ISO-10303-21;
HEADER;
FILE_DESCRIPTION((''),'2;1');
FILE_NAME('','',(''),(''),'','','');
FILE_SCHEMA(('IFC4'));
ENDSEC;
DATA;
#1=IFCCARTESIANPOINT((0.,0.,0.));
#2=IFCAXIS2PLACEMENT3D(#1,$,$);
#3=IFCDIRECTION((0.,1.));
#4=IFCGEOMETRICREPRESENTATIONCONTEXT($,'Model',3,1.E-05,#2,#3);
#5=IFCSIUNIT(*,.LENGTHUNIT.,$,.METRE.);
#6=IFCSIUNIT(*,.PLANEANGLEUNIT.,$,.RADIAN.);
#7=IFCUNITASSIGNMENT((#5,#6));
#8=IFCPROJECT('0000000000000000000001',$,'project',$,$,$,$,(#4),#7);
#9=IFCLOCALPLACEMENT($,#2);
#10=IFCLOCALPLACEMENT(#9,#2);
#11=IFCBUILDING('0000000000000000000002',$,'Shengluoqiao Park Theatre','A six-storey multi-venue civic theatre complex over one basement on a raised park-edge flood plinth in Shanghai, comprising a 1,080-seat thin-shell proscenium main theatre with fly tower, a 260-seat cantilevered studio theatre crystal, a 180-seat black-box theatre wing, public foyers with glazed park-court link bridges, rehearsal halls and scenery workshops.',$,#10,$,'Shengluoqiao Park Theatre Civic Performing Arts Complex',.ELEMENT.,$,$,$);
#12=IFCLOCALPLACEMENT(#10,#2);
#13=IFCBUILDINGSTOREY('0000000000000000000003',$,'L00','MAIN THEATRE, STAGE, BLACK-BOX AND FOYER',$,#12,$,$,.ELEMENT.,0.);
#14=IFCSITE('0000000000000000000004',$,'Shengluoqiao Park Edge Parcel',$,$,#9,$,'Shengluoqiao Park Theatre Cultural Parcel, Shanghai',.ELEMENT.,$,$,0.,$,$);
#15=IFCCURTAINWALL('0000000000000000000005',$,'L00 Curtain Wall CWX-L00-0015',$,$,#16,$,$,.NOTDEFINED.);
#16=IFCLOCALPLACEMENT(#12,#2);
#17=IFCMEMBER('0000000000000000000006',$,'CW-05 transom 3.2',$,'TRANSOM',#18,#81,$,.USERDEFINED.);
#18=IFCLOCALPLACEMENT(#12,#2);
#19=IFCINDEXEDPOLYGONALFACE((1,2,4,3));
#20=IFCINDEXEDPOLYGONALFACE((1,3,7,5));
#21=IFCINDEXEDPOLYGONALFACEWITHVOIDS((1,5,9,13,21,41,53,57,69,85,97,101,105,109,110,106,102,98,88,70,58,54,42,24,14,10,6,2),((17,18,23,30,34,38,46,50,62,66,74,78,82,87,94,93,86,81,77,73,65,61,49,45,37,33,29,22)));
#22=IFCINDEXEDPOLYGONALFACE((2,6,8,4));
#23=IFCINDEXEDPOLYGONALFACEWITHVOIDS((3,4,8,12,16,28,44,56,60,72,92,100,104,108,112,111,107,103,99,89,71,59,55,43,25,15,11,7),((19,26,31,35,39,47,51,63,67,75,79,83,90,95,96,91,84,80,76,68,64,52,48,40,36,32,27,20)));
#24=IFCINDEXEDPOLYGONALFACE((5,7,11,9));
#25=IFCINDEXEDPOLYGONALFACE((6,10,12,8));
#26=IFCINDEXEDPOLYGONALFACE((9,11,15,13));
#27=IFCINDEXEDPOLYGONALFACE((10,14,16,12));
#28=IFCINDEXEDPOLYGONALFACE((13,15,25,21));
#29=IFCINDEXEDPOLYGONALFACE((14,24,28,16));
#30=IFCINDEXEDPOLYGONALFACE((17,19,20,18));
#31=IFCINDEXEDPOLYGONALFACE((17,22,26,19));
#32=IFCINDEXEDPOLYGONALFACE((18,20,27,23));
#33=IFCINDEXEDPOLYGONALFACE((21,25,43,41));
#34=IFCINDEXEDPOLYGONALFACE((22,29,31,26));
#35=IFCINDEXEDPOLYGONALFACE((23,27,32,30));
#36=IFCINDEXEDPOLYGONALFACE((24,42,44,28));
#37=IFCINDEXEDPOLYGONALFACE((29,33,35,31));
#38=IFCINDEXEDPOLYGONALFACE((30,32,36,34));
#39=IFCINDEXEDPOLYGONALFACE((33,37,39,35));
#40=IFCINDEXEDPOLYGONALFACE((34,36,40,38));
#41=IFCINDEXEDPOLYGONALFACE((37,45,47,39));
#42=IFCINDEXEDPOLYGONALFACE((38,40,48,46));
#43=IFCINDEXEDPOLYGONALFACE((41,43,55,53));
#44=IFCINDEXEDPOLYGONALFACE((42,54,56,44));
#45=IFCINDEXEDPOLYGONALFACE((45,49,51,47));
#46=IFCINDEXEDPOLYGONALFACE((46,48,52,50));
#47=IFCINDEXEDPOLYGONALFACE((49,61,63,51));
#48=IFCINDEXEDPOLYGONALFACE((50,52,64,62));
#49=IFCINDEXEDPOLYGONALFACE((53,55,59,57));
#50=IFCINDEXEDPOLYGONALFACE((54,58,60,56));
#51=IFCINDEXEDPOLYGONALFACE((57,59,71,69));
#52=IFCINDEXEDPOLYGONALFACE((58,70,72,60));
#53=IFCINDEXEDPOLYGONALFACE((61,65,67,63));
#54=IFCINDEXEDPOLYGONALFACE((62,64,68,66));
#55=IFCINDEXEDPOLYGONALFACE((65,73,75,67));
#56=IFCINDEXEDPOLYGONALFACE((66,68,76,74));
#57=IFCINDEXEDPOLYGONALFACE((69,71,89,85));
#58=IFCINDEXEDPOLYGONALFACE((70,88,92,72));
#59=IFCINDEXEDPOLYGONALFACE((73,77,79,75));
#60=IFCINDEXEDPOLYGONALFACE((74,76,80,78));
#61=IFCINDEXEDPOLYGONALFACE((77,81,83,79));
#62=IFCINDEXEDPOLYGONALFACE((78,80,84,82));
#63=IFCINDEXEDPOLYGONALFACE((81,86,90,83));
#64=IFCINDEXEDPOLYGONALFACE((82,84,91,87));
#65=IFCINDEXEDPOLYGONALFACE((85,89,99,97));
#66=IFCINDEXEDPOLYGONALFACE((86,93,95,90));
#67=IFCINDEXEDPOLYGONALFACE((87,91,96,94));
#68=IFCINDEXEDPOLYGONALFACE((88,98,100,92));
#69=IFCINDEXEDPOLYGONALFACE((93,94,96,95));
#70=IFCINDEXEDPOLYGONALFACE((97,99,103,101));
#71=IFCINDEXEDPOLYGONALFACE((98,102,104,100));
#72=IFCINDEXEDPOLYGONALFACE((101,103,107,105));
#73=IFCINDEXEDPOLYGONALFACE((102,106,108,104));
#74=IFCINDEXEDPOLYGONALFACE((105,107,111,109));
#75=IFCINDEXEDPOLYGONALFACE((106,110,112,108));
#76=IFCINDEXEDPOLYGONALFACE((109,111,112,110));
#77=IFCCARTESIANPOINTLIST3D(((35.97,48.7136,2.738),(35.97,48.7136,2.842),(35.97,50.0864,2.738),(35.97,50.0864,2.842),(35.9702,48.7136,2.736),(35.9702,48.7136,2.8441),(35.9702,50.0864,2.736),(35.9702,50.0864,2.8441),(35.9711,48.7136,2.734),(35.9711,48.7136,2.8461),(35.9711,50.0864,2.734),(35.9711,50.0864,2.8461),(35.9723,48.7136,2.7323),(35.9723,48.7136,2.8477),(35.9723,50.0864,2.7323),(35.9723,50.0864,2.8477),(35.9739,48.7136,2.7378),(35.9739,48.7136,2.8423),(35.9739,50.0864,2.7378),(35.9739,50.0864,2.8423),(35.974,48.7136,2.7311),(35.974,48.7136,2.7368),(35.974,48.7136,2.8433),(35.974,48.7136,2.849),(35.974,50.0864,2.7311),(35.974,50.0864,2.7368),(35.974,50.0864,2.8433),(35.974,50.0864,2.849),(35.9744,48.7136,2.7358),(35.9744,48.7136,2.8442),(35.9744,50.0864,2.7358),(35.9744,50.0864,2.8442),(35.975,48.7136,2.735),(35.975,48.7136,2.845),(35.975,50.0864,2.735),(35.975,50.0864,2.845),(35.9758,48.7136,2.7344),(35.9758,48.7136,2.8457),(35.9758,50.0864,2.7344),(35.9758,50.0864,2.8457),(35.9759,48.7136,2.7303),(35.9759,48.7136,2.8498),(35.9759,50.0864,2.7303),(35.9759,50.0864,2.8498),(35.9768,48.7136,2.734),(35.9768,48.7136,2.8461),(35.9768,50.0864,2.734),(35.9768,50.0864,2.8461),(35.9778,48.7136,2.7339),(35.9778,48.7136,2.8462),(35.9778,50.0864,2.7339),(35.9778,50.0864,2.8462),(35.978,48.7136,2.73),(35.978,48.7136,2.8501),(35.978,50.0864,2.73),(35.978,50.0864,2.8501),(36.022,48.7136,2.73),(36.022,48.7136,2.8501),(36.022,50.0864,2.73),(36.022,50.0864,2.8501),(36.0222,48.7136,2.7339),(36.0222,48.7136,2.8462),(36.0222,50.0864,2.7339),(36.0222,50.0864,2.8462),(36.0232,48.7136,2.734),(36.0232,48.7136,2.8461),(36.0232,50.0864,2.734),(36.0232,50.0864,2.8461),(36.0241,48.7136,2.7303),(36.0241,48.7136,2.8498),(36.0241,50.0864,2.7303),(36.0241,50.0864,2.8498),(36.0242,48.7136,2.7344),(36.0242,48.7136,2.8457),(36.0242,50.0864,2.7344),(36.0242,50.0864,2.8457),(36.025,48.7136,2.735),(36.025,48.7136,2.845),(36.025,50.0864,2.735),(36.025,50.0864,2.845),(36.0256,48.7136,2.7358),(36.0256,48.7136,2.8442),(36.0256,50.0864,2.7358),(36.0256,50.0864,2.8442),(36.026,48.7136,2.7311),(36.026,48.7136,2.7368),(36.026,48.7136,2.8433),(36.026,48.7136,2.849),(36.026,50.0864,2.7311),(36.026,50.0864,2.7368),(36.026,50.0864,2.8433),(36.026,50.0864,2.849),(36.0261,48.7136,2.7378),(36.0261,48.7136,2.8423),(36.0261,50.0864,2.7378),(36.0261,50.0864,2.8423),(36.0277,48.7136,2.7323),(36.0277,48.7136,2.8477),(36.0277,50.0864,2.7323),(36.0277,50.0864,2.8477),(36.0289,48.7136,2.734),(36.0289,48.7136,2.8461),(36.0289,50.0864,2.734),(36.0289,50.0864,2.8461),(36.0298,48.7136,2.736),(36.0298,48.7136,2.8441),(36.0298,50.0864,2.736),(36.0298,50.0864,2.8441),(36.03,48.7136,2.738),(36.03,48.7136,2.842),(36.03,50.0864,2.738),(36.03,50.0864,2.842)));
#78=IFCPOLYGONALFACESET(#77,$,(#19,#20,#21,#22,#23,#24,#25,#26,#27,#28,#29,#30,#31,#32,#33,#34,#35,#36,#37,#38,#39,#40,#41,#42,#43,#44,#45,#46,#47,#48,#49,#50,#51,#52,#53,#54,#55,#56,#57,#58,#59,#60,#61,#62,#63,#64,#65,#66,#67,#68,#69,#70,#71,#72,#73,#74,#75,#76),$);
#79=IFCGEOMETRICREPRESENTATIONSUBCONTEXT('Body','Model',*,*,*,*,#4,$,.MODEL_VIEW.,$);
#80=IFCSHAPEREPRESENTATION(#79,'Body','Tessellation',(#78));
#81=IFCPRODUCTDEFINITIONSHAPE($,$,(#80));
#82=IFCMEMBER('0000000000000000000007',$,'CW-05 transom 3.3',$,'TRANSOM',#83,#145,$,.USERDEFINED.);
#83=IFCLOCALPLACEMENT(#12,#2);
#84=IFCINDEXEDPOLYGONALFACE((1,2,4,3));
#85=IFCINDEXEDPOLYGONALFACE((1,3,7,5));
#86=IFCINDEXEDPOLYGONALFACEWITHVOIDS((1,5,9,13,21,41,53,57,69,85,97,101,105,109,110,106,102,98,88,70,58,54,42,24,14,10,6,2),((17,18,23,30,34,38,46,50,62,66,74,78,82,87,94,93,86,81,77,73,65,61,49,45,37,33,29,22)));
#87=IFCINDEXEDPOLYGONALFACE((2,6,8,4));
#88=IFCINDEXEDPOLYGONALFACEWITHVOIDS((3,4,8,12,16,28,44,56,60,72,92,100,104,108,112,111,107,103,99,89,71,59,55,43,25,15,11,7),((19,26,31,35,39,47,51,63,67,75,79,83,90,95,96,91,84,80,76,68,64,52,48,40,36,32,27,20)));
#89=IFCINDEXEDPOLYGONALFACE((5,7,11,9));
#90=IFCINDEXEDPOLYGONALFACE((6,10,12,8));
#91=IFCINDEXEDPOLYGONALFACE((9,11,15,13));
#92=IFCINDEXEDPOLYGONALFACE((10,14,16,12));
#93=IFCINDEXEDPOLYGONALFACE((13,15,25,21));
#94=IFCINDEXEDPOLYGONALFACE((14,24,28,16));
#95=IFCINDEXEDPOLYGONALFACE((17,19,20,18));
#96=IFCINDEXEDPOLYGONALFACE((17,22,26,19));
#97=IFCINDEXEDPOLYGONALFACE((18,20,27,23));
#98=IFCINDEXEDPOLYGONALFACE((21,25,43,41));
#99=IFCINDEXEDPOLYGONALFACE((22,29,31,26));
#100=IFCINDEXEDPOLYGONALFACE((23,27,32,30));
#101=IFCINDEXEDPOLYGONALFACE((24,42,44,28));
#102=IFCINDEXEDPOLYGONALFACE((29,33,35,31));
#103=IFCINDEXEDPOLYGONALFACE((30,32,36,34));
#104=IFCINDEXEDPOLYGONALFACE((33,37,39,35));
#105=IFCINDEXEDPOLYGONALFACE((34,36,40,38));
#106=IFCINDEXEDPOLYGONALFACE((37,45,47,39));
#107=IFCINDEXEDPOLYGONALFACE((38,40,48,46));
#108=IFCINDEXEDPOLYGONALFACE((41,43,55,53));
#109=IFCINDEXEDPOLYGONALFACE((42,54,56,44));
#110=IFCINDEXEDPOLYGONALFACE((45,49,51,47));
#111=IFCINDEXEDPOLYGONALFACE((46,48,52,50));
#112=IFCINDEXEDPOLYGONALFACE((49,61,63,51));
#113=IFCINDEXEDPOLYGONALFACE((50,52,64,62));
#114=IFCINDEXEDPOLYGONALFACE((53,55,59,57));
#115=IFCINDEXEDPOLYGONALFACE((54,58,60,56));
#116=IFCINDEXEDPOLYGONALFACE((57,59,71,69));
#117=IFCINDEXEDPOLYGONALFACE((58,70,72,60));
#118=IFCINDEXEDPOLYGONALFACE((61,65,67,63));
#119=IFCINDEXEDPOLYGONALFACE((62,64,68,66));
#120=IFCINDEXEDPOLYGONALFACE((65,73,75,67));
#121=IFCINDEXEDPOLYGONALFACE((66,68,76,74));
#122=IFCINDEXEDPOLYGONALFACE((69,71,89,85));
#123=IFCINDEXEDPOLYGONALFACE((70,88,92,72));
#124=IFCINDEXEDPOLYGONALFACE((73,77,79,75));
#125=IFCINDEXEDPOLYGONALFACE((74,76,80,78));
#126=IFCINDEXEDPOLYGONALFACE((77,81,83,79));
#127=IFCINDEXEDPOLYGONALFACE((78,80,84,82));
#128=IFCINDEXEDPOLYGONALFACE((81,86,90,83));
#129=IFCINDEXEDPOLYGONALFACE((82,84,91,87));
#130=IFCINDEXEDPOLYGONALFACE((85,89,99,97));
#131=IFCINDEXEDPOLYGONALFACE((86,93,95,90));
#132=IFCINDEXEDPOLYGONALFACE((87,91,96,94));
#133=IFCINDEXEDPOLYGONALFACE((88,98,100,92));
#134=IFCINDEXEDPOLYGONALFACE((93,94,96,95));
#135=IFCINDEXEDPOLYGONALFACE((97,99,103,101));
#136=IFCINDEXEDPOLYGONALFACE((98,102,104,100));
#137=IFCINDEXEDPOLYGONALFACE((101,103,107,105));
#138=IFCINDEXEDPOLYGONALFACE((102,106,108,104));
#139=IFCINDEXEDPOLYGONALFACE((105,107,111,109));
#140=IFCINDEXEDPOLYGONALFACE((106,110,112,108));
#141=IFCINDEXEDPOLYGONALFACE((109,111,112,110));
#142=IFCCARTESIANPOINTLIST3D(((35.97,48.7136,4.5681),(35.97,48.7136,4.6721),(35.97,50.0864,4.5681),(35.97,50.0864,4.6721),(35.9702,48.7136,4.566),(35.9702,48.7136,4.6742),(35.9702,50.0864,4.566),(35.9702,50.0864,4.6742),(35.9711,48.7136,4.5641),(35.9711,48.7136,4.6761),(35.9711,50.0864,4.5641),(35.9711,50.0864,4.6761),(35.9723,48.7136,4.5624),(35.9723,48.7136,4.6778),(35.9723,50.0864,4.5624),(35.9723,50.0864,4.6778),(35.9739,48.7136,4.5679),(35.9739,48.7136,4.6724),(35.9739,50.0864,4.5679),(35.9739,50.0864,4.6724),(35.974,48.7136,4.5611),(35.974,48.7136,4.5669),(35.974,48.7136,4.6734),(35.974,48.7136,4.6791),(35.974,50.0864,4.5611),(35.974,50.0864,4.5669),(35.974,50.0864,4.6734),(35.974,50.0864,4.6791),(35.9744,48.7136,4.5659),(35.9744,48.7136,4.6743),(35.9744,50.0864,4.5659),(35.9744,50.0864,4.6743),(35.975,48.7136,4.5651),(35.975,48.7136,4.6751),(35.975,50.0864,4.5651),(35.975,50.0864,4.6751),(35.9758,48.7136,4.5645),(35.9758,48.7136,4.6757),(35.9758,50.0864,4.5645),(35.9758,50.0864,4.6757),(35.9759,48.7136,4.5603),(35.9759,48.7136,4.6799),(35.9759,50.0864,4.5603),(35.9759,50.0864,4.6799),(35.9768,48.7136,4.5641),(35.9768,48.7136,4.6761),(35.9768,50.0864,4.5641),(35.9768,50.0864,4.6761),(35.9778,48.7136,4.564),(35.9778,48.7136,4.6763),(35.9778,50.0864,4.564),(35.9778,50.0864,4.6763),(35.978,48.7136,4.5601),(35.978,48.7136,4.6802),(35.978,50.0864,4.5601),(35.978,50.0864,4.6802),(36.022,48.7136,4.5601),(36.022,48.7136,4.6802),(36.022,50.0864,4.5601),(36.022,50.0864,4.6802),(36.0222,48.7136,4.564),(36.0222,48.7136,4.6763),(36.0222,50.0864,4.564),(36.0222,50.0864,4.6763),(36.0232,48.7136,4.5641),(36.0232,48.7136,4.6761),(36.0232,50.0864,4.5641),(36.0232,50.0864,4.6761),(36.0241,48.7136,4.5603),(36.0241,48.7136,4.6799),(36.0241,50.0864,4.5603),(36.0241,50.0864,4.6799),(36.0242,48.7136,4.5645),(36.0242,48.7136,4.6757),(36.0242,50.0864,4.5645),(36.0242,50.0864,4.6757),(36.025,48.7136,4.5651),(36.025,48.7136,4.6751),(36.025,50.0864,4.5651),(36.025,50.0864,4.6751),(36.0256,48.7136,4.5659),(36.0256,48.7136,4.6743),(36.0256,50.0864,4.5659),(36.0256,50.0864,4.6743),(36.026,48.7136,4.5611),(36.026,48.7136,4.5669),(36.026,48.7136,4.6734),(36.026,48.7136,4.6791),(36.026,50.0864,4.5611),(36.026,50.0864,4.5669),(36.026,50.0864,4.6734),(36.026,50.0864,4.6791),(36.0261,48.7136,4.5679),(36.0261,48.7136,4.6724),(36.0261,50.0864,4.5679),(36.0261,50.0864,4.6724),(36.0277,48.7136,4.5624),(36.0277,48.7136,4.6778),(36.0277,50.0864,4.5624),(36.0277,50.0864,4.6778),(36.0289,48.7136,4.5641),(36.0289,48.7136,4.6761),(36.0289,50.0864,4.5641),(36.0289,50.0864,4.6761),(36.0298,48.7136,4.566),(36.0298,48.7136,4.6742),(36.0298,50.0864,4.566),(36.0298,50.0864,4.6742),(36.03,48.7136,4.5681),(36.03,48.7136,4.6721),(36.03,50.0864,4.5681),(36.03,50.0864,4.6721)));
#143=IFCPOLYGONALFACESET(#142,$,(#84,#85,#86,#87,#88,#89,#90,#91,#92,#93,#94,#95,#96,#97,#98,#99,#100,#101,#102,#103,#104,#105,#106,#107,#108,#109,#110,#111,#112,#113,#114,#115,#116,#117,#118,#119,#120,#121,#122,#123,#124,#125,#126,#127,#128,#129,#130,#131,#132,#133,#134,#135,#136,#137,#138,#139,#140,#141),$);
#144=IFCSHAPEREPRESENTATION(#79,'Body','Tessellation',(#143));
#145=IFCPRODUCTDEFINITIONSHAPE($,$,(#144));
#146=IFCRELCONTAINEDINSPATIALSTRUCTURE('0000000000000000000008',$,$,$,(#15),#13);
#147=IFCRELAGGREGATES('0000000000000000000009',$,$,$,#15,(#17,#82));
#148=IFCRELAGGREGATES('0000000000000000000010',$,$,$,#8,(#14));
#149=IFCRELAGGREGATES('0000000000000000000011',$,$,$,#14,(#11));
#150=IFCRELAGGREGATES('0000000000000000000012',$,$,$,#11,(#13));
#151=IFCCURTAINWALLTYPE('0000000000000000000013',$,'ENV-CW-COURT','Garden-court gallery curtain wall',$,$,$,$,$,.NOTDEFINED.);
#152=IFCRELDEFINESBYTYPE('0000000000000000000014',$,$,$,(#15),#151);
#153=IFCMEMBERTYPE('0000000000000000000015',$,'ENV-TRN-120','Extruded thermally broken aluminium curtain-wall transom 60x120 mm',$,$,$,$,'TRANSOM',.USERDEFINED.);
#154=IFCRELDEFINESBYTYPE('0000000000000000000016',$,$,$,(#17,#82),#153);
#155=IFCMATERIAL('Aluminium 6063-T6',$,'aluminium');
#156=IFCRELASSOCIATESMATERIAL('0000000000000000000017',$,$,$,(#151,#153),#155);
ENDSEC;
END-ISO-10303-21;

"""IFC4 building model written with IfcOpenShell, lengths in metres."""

from ifc_helpers import new_model, si_unit, direction, frame, origin, origin_2d, place, context, subcontext, project, spatial, hollow_rectangle, extrude, material, material_profile, profile_set, type_object, element, aggregate, save


model = new_model("IFC4")

# Units and contexts
model_context = context("Model", 3, precision=1e-05, world=origin(), true_north=direction((0.0, 1.0)))
body_context = subcontext(model_context, "Body", "Model", "MODEL_VIEW")
ifc_project = project(units=[si_unit("LENGTHUNIT", "METRE"), si_unit("PLANEANGLEUNIT", "RADIAN")], contexts=[model_context])

# Site, building, storey
site_placement = place(None, origin())
site = spatial("IfcSite", under=ifc_project, at=site_placement, Name="Shengluoqiao Park Edge Parcel", LongName="Shengluoqiao Park Theatre Cultural Parcel, Shanghai", CompositionType="ELEMENT", RefElevation=0.0)
building_placement = place(site_placement, origin())
building = spatial("IfcBuilding", under=site, at=building_placement, Name="Shengluoqiao Park Theatre", Description="A six-storey multi-venue civic theatre complex over one basement on a raised park-edge flood plinth in Shanghai, comprising a 1,080-seat thin-shell proscenium main theatre with fly tower, a 260-seat cantilevered studio theatre crystal, a 180-seat black-box theatre wing, public foyers with glazed park-court link bridges, rehearsal halls and scenery workshops.", LongName="Shengluoqiao Park Theatre Civic Performing Arts Complex", CompositionType="ELEMENT")
storey_placement = place(building_placement, origin())
storey = spatial("IfcBuildingStorey", under=building, at=storey_placement, Name="L00", Description="MAIN THEATRE, STAGE, BLACK-BOX AND FOYER", CompositionType="ELEMENT", Elevation=0.0)

# Curtain wall
ifc_material_1 = material(Name="Aluminium 6063-T6", Category="aluminium")
curtain_wall_type_1 = type_object("IfcCurtainWallType", Name="ENV-CW-COURT", Description="Garden-court gallery curtain wall", PredefinedType="NOTDEFINED", material=ifc_material_1)
curtain_wall_1_placement = place(storey_placement, origin())
curtain_wall_1 = element("IfcCurtainWall", 1, at=curtain_wall_1_placement, inside=storey, type_object=curtain_wall_type_1, Name="L00 Curtain Wall CWX-L00-0015", PredefinedType="NOTDEFINED")

# Members
ifc_material_profile_1 = material_profile(ifc_material_1, hollow_rectangle(XDim=0.0601, YDim=0.1201, WallThickness=0.0039, InnerFilletRadius=0.0039, OuterFilletRadius=0.0081, at=origin_2d()), Name="ALU TRANSOM 120x60x4")
ifc_profile_set_1 = profile_set([ifc_material_profile_1], Name="Aluminium 6063-T6")
member_type_1 = type_object("IfcMemberType", Name="ENV-TRN-120", Description="Extruded thermally broken aluminium curtain-wall transom 60x120 mm", ElementType="TRANSOM", PredefinedType="USERDEFINED", material=ifc_profile_set_1)
member_1_placement = place(storey_placement, frame((36.0, 48.7136, 2.79), z_axis=(0.0, 1.0, 0.0), x_axis=(-1.0, 0.0, 0.0)))
member_1 = element("IfcMember", 2, at=member_1_placement, type_object=member_type_1, Name="CW-05 transom 3.2", ObjectType="TRANSOM", PredefinedType="USERDEFINED", context=body_context, shape_type="SweptSolid", body=[
    extrude(hollow_rectangle(XDim=0.0601, YDim=0.1201, WallThickness=0.0039, InnerFilletRadius=0.0039, OuterFilletRadius=0.0081, at=origin_2d()), origin(), (0.0, 0.0, 1.0), 1.3728),
])
member_2_placement = place(storey_placement, frame((36.0, 48.7136, 4.6201), z_axis=(0.0, 1.0, 0.0), x_axis=(-1.0, 0.0, 0.0)))
member_2 = element("IfcMember", 3, at=member_2_placement, type_object=member_type_1, Name="CW-05 transom 3.3", ObjectType="TRANSOM", PredefinedType="USERDEFINED", context=body_context, shape_type="SweptSolid", body=[
    extrude(hollow_rectangle(XDim=0.0601, YDim=0.1201, WallThickness=0.0039, InnerFilletRadius=0.0039, OuterFilletRadius=0.0081, at=origin_2d()), origin(), (0.0, 0.0, 1.0), 1.3728),
])

aggregate(curtain_wall_1, [member_1, member_2])

save(model, "model.ifc")
